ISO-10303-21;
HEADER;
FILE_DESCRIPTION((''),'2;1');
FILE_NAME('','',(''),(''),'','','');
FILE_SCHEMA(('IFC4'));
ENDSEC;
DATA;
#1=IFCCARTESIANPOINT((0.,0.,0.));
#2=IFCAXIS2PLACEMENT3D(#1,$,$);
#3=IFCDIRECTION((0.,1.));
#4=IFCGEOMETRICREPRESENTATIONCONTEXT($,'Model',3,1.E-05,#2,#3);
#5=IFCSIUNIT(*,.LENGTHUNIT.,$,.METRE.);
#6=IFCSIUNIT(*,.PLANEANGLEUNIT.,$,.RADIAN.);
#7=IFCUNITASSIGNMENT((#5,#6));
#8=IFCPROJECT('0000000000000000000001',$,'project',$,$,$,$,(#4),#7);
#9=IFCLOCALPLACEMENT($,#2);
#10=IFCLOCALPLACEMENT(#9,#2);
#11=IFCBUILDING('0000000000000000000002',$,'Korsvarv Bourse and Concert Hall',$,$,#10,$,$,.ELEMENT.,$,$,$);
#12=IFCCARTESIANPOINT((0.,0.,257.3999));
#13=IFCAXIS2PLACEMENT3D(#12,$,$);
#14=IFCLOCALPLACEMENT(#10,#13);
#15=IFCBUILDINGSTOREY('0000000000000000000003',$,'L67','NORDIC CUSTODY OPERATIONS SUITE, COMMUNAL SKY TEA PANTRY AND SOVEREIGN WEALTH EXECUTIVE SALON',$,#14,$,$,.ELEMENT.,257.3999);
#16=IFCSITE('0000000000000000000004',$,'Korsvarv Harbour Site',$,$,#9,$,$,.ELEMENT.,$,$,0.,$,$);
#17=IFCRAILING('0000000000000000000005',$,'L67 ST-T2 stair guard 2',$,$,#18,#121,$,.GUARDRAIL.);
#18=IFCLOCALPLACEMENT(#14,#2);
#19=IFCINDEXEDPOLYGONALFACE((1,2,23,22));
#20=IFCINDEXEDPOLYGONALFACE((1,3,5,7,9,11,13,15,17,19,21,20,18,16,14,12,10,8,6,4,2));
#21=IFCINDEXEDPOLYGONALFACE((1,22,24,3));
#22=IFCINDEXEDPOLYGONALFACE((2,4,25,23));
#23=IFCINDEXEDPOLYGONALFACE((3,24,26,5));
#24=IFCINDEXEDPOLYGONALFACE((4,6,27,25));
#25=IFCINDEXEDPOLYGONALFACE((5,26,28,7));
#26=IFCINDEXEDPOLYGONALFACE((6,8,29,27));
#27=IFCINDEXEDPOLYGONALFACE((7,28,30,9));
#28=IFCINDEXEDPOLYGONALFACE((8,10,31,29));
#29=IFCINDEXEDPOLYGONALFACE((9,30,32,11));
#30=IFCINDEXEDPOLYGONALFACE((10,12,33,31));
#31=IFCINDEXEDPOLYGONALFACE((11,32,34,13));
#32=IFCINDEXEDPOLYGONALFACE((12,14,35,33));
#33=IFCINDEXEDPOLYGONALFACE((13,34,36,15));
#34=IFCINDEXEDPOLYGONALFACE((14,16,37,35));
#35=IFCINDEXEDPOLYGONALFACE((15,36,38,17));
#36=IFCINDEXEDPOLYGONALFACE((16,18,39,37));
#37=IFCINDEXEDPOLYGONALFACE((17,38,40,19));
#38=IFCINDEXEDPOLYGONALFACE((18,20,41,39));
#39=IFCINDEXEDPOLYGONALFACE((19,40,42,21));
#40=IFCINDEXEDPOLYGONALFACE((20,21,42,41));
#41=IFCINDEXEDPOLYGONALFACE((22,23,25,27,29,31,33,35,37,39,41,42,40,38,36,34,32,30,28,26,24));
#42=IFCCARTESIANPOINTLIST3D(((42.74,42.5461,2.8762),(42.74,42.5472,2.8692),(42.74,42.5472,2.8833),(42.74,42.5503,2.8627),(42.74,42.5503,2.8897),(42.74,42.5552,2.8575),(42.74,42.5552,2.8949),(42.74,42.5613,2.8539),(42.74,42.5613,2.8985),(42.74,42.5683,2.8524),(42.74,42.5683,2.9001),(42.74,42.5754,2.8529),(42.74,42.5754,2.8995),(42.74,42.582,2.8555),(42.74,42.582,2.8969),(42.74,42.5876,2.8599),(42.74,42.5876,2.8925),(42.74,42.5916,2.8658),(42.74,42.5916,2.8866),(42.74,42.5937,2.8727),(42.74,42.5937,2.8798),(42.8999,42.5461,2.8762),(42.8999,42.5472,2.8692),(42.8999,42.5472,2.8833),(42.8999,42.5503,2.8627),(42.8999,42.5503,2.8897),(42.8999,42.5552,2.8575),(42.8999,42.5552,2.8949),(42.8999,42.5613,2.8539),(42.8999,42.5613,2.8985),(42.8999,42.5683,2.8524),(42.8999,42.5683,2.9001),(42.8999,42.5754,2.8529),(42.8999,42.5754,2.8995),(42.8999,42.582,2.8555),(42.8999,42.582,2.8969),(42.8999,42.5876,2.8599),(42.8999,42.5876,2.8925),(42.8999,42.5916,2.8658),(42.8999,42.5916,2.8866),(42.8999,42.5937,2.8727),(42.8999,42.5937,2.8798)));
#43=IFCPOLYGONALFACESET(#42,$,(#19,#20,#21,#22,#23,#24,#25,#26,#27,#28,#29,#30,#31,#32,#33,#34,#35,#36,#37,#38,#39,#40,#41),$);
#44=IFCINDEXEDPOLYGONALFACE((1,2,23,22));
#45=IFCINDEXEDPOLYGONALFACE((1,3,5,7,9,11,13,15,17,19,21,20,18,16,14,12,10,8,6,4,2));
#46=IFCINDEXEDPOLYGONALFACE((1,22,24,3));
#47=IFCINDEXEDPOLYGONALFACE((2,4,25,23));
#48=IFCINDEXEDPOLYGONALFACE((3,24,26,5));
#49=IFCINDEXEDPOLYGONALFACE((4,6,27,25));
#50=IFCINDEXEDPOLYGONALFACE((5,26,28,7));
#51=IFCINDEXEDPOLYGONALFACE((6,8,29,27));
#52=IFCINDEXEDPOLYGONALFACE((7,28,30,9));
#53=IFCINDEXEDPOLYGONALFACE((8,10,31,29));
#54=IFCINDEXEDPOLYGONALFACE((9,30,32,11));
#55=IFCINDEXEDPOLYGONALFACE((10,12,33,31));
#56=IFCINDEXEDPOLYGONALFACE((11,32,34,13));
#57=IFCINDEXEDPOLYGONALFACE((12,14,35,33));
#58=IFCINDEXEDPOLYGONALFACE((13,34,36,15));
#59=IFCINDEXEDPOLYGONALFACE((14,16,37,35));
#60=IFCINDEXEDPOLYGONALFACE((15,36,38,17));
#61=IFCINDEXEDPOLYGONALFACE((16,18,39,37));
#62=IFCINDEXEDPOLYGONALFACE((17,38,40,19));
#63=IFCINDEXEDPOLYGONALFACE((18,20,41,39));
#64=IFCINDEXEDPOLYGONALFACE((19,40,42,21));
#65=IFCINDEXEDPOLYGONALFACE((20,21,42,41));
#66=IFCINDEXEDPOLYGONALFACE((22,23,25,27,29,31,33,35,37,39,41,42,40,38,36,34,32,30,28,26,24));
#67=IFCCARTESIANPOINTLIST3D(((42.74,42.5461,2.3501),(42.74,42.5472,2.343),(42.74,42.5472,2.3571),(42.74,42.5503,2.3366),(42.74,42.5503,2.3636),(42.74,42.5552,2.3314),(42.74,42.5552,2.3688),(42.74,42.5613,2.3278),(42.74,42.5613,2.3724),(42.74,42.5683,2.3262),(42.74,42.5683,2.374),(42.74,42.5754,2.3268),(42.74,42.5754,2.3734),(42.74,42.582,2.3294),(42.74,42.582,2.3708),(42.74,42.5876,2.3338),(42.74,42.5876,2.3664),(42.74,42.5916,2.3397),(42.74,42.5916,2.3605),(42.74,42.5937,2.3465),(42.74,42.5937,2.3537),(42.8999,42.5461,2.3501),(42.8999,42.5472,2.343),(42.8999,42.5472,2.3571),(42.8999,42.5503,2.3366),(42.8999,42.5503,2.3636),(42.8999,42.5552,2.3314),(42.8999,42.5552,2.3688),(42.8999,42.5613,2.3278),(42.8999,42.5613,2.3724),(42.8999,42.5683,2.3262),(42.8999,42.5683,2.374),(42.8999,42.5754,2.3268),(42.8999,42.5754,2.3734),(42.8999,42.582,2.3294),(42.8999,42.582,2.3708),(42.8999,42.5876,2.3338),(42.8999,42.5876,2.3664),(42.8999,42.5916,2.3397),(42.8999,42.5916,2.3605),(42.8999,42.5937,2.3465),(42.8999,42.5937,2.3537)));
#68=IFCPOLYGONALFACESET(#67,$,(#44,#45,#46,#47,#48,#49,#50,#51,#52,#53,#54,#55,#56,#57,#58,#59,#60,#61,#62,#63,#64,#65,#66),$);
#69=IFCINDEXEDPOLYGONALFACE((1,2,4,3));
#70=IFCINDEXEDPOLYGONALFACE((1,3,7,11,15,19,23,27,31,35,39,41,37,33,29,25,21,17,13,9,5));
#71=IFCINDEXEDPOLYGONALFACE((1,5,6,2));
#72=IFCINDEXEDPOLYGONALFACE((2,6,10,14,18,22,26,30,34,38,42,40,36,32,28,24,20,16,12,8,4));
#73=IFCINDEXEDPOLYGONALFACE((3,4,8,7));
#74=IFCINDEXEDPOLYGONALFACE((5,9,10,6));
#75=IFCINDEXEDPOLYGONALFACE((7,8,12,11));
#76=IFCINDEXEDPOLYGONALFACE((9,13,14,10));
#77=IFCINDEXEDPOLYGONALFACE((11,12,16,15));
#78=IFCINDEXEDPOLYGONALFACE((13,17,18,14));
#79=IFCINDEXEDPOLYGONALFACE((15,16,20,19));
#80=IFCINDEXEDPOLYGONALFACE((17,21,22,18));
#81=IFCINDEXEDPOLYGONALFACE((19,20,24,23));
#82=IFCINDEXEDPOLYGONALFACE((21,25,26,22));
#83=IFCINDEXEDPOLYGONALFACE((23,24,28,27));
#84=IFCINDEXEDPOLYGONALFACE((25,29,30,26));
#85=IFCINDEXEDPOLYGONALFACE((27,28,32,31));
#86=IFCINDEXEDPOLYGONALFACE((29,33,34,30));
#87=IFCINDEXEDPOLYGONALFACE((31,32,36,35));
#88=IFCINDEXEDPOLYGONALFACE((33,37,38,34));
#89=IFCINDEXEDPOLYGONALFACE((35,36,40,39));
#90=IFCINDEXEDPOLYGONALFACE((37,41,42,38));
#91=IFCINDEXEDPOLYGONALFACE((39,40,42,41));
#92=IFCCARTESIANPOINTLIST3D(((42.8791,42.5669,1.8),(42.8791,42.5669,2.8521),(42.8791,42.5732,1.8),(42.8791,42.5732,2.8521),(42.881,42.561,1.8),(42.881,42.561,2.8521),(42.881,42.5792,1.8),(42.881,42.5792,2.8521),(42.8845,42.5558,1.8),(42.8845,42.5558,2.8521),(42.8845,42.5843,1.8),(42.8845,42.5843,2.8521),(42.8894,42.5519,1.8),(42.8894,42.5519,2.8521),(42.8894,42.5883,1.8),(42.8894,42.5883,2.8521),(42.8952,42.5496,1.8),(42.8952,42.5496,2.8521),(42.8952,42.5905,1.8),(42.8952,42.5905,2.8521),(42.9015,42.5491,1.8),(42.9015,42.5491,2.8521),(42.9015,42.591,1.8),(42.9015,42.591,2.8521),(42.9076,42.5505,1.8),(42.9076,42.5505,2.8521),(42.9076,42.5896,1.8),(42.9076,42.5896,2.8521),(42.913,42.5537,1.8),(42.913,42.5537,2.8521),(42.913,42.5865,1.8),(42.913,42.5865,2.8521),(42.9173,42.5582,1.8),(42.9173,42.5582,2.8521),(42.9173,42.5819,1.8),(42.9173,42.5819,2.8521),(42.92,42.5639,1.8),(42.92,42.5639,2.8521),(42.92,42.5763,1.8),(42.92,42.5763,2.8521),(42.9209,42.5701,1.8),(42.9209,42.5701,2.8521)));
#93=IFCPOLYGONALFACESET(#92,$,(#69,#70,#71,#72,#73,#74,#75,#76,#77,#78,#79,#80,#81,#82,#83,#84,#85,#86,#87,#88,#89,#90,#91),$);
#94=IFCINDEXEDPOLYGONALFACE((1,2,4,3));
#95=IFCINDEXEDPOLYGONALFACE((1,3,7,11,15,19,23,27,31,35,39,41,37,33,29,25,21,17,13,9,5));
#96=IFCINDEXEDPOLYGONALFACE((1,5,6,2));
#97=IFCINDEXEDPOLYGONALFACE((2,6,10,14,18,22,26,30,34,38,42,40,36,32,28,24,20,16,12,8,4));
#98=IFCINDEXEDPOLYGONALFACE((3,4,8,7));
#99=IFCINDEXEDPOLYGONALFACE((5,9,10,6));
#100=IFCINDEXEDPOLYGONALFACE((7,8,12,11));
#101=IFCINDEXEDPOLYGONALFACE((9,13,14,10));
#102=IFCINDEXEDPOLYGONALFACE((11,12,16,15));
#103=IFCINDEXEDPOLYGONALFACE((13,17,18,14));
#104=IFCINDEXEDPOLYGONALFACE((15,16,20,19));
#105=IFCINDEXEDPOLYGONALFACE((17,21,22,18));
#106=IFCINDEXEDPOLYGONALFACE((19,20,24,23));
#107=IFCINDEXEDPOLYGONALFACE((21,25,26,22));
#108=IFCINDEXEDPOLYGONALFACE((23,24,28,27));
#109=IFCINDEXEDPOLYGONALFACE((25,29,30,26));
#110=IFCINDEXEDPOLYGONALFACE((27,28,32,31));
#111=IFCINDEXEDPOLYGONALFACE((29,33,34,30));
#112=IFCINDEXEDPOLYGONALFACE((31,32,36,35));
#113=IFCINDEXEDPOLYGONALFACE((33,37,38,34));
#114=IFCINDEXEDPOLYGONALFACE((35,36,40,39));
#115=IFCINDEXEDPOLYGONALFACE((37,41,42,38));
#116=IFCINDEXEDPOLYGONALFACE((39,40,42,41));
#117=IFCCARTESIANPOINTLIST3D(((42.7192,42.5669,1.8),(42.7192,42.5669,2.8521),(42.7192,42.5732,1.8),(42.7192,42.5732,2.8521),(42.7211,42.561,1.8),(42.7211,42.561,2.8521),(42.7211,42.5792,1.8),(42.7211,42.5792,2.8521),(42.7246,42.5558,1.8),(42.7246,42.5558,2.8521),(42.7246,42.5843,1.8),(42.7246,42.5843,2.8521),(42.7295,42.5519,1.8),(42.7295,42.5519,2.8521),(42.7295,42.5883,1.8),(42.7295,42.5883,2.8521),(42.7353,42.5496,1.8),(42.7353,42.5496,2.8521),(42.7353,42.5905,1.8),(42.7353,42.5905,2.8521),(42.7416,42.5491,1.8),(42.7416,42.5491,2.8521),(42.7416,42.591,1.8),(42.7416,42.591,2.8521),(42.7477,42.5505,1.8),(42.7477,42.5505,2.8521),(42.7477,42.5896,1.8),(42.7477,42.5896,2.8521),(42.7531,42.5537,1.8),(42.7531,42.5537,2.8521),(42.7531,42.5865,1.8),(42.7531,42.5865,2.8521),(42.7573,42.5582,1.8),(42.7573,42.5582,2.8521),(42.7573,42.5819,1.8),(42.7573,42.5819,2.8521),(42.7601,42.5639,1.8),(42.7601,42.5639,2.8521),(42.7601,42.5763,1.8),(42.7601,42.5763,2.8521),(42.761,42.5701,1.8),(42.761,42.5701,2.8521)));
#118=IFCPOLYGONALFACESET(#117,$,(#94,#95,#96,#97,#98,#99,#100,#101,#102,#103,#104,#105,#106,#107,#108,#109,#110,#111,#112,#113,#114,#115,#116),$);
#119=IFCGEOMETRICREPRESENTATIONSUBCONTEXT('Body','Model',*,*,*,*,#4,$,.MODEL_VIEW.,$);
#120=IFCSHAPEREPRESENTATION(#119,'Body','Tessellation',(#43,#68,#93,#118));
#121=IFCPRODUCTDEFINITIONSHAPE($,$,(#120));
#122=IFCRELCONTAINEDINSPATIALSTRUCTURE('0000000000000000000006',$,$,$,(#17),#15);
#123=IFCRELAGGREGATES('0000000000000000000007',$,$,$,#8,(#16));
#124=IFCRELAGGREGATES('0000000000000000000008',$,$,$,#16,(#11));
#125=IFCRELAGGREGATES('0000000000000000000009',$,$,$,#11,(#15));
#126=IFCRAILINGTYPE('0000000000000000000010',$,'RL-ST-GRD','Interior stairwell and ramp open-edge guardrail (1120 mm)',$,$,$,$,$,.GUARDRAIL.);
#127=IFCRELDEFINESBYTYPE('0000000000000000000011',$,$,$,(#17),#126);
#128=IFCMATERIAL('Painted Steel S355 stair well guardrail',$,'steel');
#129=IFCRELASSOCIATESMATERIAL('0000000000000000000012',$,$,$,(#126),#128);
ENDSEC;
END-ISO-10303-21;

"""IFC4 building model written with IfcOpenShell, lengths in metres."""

from ifc_helpers import new_model, si_unit, direction, frame, origin, origin_2d, place, context, subcontext, project, spatial, circle, extrude, material, type_object, element, save


model = new_model("IFC4")

# Units and contexts
model_context = context("Model", 3, precision=1e-05, world=origin(), true_north=direction((0.0, 1.0)))
body_context = subcontext(model_context, "Body", "Model", "MODEL_VIEW")
ifc_project = project(units=[si_unit("LENGTHUNIT", "METRE"), si_unit("PLANEANGLEUNIT", "RADIAN")], contexts=[model_context])

# Site, building, storey
site_placement = place(None, origin())
site = spatial("IfcSite", under=ifc_project, at=site_placement, Name="Korsvarv Harbour Site", CompositionType="ELEMENT", RefElevation=0.0)
building_placement = place(site_placement, origin())
building = spatial("IfcBuilding", under=site, at=building_placement, Name="Korsvarv Bourse and Concert Hall", CompositionType="ELEMENT")
storey_placement = place(building_placement, frame((0.0, 0.0, 257.3999)))
storey = spatial("IfcBuildingStorey", under=building, at=storey_placement, Name="L67", Description="NORDIC CUSTODY OPERATIONS SUITE, COMMUNAL SKY TEA PANTRY AND SOVEREIGN WEALTH EXECUTIVE SALON", CompositionType="ELEMENT", Elevation=257.3999)

# Railing
ifc_material_1 = material(Name="Painted Steel S355 stair well guardrail", Category="steel")
railing_type_1 = type_object("IfcRailingType", Name="RL-ST-GRD", Description="Interior stairwell and ramp open-edge guardrail (1120 mm)", PredefinedType="GUARDRAIL", material=ifc_material_1)
railing_1_placement = place(storey_placement, frame((42.8999, 42.5701, 1.8)))
element("IfcRailing", 1, at=railing_1_placement, inside=storey, type_object=railing_type_1, Name="L67 ST-T2 stair guard 2", PredefinedType="GUARDRAIL", context=body_context, shape_type="SweptSolid", body=[
    extrude(circle(Radius=0.0239, at=origin_2d()), frame((0.0, 0.0, 1.0762), z_axis=(-1.0, 0.0, 0.0), x_axis=(0.0, -1.0, 0.0)), (0.0, 0.0, 1.0), 0.1599),
    extrude(circle(Radius=0.0239, at=origin_2d()), frame((0.0, 0.0, 0.55), z_axis=(-1.0, 0.0, 0.0), x_axis=(0.0, -1.0, 0.0)), (0.0, 0.0, 1.0), 0.1599),
    extrude(circle(Radius=0.021, at=origin_2d()), origin(), (0.0, 0.0, 1.0), 1.052),
    extrude(circle(Radius=0.021, at=origin_2d()), frame((-0.1599, 0.0, 0.0)), (0.0, 0.0, 1.0), 1.052),
])

save(model, "model.ifc")
